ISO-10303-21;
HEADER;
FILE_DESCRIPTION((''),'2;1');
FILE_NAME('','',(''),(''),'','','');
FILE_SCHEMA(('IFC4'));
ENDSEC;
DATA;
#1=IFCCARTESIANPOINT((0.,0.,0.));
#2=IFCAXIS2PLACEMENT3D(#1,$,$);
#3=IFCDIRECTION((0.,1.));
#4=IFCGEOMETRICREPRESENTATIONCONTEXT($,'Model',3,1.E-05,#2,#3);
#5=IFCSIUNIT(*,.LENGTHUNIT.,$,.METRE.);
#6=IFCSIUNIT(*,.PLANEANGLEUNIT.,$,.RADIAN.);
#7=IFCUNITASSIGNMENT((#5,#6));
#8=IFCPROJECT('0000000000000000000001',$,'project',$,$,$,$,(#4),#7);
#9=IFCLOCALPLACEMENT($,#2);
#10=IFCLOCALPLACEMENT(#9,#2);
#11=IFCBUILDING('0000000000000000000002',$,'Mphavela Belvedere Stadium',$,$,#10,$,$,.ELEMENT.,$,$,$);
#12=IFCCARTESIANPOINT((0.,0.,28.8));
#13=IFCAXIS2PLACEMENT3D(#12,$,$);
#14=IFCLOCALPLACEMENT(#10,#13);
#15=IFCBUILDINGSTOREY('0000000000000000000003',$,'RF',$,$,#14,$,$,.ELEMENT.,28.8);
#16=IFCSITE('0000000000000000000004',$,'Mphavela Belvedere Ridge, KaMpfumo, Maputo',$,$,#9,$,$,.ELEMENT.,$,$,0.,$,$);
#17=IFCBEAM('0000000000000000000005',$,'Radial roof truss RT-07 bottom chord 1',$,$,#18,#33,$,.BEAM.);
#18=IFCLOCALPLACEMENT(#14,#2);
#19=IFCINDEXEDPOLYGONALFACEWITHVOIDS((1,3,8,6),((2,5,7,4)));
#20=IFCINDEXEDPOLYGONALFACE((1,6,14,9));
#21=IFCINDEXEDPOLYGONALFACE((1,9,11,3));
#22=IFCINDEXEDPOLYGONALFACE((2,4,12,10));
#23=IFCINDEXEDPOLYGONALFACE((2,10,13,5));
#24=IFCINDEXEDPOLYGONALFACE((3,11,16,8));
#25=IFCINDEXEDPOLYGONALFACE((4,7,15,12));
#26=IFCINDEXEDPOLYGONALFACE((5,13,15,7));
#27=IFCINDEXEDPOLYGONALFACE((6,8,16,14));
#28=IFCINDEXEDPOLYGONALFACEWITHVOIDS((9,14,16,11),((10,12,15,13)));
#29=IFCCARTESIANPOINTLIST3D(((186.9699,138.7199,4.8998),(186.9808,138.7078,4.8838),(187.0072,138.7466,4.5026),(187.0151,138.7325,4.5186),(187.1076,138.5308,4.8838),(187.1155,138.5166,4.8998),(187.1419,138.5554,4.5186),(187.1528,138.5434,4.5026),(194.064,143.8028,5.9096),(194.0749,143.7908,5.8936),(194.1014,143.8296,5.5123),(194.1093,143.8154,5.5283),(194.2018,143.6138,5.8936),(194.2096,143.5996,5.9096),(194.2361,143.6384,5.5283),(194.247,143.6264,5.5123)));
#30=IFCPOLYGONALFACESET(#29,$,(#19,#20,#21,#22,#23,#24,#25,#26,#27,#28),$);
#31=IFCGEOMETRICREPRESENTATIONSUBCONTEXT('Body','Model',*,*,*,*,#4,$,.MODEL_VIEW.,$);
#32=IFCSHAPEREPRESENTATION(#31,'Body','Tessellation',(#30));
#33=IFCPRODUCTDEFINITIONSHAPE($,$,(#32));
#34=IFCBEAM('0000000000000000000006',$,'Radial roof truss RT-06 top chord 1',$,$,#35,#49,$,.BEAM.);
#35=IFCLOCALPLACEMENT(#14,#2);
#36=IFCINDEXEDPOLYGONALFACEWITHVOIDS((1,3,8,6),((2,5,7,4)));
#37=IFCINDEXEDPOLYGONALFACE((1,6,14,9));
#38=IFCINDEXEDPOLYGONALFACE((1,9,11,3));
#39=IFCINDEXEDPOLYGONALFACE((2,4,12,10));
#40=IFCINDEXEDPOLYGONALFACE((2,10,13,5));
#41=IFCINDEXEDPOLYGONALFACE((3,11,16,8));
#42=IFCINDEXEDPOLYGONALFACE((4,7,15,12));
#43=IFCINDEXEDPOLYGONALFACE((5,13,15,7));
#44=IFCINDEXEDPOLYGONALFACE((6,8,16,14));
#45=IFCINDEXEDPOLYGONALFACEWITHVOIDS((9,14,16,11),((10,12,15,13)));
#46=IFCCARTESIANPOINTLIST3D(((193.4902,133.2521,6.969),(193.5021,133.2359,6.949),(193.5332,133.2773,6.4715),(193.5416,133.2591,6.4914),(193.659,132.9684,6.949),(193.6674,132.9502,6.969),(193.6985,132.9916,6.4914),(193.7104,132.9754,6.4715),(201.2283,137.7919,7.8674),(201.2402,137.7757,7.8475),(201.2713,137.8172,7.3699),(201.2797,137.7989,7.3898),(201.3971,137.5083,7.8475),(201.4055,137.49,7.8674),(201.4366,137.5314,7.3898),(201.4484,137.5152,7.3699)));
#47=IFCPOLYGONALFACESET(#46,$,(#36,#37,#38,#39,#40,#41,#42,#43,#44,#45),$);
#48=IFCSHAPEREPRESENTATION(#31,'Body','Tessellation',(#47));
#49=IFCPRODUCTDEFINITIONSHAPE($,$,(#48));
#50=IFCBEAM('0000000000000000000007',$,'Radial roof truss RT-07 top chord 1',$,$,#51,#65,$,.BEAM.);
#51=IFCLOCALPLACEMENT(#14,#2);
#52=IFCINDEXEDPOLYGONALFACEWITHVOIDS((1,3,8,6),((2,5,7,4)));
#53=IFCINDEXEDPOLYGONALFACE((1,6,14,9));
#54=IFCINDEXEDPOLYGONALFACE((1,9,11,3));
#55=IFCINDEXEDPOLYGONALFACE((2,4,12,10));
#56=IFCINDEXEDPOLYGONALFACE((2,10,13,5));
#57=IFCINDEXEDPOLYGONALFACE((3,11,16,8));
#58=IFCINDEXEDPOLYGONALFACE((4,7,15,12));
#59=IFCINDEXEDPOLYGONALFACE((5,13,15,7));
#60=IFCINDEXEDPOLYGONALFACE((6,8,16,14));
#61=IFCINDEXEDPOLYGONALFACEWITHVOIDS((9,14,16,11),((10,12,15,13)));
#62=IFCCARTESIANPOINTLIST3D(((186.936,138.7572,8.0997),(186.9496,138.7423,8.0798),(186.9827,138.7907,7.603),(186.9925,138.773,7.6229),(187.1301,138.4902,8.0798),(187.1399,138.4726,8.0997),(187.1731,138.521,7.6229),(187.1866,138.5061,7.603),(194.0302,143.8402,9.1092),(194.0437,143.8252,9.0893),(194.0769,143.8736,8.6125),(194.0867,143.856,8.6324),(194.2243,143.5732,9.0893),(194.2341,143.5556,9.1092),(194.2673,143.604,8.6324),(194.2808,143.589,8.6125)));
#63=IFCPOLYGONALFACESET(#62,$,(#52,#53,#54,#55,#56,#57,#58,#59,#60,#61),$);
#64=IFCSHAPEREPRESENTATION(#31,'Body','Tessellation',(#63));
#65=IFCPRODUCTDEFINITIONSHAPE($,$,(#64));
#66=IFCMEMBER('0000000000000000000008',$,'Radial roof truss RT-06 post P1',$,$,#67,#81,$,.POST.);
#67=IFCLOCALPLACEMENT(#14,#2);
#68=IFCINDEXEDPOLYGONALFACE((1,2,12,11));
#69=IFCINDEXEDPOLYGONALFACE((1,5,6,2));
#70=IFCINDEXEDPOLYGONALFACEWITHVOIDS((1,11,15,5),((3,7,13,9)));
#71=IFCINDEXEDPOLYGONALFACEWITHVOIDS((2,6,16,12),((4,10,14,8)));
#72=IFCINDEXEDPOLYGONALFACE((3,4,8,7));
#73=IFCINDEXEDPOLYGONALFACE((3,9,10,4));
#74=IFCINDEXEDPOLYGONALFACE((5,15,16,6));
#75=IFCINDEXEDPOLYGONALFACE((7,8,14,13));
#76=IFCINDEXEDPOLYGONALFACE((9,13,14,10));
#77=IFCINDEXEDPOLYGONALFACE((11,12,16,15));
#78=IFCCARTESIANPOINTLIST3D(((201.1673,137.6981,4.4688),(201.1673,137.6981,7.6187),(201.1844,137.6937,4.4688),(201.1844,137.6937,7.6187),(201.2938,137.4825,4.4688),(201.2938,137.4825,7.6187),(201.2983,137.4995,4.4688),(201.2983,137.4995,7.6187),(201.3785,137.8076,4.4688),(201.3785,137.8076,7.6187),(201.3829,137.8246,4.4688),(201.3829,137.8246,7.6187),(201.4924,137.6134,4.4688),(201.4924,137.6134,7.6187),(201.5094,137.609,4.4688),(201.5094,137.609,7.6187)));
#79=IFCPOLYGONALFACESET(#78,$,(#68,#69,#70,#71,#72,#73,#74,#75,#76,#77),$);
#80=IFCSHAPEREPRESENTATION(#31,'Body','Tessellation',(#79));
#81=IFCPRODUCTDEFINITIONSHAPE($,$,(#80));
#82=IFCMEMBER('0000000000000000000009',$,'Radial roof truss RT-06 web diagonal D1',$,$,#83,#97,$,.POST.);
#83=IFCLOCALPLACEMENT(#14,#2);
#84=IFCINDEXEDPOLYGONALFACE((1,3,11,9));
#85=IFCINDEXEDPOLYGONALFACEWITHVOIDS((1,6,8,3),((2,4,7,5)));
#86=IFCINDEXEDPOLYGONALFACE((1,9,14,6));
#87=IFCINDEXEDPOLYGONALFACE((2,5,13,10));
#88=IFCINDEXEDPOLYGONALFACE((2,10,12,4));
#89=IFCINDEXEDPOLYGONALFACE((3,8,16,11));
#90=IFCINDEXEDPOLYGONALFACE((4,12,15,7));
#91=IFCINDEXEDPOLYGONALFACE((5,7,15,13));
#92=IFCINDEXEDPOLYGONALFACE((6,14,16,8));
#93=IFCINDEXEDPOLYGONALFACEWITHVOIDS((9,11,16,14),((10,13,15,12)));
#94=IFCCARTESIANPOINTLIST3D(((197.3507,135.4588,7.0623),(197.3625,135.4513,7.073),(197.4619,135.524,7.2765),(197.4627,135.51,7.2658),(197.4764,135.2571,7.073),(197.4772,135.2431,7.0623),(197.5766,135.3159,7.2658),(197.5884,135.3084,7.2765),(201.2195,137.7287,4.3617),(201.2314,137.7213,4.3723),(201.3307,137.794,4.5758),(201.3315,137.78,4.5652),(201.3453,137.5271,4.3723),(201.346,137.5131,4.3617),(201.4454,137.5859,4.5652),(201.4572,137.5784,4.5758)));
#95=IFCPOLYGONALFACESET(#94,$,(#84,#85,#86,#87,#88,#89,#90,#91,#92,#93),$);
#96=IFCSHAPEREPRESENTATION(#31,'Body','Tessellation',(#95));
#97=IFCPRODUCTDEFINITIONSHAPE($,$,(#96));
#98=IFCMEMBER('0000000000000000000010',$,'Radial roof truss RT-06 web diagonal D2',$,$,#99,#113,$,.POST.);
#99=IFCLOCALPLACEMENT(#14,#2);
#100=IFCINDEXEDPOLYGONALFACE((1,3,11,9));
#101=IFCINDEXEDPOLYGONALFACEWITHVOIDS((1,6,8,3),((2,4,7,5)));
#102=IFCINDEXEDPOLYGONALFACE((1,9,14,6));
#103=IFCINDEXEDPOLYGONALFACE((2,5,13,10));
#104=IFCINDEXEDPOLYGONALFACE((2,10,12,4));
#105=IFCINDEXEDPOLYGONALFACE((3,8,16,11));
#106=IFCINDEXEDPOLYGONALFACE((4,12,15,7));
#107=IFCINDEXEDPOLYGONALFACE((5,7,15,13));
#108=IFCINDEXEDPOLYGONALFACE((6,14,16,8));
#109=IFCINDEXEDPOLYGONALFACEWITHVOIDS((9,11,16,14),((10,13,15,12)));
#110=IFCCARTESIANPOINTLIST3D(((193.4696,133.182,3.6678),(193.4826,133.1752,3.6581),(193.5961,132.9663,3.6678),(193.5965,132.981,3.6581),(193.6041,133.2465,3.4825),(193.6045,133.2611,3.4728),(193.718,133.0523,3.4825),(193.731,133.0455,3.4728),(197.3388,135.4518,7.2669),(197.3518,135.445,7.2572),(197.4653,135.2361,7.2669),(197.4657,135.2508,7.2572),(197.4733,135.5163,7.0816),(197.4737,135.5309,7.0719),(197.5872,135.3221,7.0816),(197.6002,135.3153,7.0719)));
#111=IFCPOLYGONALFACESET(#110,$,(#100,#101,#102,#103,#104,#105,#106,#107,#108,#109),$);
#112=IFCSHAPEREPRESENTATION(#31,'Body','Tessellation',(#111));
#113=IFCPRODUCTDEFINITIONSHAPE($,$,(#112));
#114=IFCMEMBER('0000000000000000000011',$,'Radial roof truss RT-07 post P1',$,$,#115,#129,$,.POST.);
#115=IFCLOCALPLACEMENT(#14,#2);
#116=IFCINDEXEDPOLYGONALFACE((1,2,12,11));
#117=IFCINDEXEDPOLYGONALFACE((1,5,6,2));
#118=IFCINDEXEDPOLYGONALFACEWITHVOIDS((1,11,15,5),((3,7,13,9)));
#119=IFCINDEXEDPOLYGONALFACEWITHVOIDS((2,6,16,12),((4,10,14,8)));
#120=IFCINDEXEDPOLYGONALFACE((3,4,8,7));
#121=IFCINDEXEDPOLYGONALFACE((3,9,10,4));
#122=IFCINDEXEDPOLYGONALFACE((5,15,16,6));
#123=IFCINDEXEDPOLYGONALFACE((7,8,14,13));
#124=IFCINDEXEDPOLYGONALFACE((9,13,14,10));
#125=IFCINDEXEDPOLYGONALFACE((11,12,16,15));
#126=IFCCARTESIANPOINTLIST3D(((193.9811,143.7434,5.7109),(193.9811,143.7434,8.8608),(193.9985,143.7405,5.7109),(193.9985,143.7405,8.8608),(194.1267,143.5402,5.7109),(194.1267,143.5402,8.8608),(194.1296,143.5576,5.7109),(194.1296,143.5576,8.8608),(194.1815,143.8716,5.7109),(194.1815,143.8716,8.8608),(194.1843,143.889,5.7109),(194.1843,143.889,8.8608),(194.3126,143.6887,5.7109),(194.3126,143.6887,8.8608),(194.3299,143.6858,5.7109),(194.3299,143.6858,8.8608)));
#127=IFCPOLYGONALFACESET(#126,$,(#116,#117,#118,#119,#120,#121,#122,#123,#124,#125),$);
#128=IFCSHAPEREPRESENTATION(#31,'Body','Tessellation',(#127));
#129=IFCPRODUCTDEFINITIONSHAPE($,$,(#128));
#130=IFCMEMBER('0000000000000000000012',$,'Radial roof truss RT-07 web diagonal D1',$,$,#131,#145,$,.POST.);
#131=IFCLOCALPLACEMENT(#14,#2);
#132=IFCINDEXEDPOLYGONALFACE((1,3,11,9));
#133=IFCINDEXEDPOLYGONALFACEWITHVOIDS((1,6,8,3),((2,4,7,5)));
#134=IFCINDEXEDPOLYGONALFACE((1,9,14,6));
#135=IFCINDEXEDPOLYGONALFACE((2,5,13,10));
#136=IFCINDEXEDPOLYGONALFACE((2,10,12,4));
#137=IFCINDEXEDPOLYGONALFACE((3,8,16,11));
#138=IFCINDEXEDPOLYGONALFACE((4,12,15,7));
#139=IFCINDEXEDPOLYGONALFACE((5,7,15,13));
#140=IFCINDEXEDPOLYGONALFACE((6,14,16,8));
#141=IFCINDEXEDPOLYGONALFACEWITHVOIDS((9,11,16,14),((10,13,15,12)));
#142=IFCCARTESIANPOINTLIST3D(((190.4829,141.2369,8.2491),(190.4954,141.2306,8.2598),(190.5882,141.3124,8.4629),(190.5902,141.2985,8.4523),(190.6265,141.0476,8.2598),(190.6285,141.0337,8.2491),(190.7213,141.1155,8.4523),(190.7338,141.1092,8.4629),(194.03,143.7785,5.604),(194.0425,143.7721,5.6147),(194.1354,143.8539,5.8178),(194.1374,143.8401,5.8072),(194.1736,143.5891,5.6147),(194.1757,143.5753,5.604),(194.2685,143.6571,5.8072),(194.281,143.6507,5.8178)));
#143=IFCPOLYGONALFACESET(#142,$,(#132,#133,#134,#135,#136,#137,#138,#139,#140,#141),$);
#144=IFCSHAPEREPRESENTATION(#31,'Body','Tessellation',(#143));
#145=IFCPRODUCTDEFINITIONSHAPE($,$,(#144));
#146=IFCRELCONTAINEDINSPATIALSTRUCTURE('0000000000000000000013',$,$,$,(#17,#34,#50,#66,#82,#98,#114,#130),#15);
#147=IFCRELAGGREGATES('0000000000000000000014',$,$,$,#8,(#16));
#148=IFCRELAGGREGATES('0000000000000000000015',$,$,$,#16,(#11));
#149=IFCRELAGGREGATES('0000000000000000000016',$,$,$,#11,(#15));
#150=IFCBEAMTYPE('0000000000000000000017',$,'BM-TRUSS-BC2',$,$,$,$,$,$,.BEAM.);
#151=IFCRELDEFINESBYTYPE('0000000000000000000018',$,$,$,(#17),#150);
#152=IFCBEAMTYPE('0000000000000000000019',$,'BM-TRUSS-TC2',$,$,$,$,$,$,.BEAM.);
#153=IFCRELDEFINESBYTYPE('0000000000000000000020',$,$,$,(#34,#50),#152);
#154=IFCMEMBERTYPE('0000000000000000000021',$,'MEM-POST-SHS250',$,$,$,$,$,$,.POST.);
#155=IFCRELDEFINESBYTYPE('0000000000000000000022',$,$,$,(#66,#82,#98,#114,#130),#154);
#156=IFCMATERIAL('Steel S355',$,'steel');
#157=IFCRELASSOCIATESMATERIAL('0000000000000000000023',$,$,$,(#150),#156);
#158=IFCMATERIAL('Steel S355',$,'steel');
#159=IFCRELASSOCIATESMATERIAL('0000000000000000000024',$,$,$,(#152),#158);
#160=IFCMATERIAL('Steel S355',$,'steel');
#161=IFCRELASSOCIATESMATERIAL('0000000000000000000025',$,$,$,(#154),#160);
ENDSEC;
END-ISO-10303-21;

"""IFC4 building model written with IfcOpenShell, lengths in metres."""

from ifc_helpers import new_model, si_unit, direction, frame, origin, origin_2d, place, context, subcontext, project, spatial, hollow_rectangle, extrude, material, material_profile, profile_set, type_object, element, save


model = new_model("IFC4")

# Units and contexts
model_context = context("Model", 3, precision=1e-05, world=origin(), true_north=direction((0.0, 1.0)))
body_context = subcontext(model_context, "Body", "Model", "MODEL_VIEW")
ifc_project = project(units=[si_unit("LENGTHUNIT", "METRE"), si_unit("PLANEANGLEUNIT", "RADIAN")], contexts=[model_context])

# Site, building, storey
site_placement = place(None, origin())
site = spatial("IfcSite", under=ifc_project, at=site_placement, Name="Mphavela Belvedere Ridge, KaMpfumo, Maputo", CompositionType="ELEMENT", RefElevation=0.0)
building_placement = place(site_placement, origin())
building = spatial("IfcBuilding", under=site, at=building_placement, Name="Mphavela Belvedere Stadium", CompositionType="ELEMENT")
storey_placement = place(building_placement, frame((0.0, 0.0, 28.8)))
storey = spatial("IfcBuildingStorey", under=building, at=storey_placement, Name="RF", CompositionType="ELEMENT", Elevation=28.8)

# Beams
ifc_material_1 = material(Name="Steel S355", Category="steel")
ifc_material_profile_1 = material_profile(ifc_material_1, hollow_rectangle(XDim=0.25, YDim=0.3999, WallThickness=0.0161, at=origin_2d()), Name="RHS 400x250x16")
ifc_profile_set_1 = profile_set([ifc_material_profile_1], Name="Steel S355")
beam_type_1 = type_object("IfcBeamType", Name="BM-TRUSS-BC2", PredefinedType="BEAM", material=ifc_profile_set_1)
beam_1_placement = place(storey_placement, frame((194.1555, 143.7146, 5.7109), z_axis=(-0.807495, -0.578569, -0.114936), x_axis=(0.582428, -0.812882, 0.0)))
element("IfcBeam", 1, at=beam_1_placement, inside=storey, type_object=beam_type_1, Name="Radial roof truss RT-07 bottom chord 1", PredefinedType="BEAM", context=body_context, shape_type="SweptSolid", body=[
    extrude(hollow_rectangle(XDim=0.25, YDim=0.3999, WallThickness=0.0161, at=origin_2d()), origin(), (0.0, 0.0, 1.0), 8.7854),
])
ifc_material_2 = material(Name="Steel S355", Category="steel")
ifc_material_profile_2 = material_profile(ifc_material_2, hollow_rectangle(XDim=0.3501, YDim=0.5, WallThickness=0.02, at=origin_2d()), Name="RHS 500x350x20")
ifc_profile_set_2 = profile_set([ifc_material_profile_2], Name="Steel S355")
beam_type_2 = type_object("IfcBeamType", Name="BM-TRUSS-TC2", PredefinedType="BEAM", material=ifc_profile_set_2)
beam_2_placement = place(storey_placement, frame((201.3384, 137.6536, 7.6187), z_axis=(-0.858225, -0.503508, -0.099646), x_axis=(0.506027, -0.862518, 0.0)))
element("IfcBeam", 2, at=beam_2_placement, inside=storey, type_object=beam_type_2, Name="Radial roof truss RT-06 top chord 1", PredefinedType="BEAM", context=body_context, shape_type="SweptSolid", body=[
    extrude(hollow_rectangle(XDim=0.3501, YDim=0.5, WallThickness=0.02, at=origin_2d()), origin(), (0.0, 0.0, 1.0), 9.0164),
])
beam_3_placement = place(storey_placement, frame((194.1555, 143.7146, 8.8608), z_axis=(-0.807498, -0.57857, -0.114908), x_axis=(0.582428, -0.812882, 0.0)))
element("IfcBeam", 3, at=beam_3_placement, inside=storey, type_object=beam_type_2, Name="Radial roof truss RT-07 top chord 1", PredefinedType="BEAM", context=body_context, shape_type="SweptSolid", body=[
    extrude(hollow_rectangle(XDim=0.3501, YDim=0.5, WallThickness=0.02, at=origin_2d()), origin(), (0.0, 0.0, 1.0), 8.7854),
])

# Members
ifc_material_3 = material(Name="Steel S355", Category="steel")
ifc_material_profile_3 = material_profile(ifc_material_3, hollow_rectangle(XDim=0.25, YDim=0.25, WallThickness=0.0125, at=origin_2d()), Name="SHS 250x250x12.5")
ifc_profile_set_3 = profile_set([ifc_material_profile_3], Name="Steel S355")
member_type_1 = type_object("IfcMemberType", Name="MEM-POST-SHS250", PredefinedType="POST", material=ifc_profile_set_3)
member_1_placement = place(storey_placement, frame((201.3384, 137.6536, 4.4688), z_axis=(0.0, 0.0, 1.0), x_axis=(0.862514, 0.506034, 0.0)))
element("IfcMember", 4, at=member_1_placement, inside=storey, type_object=member_type_1, Name="Radial roof truss RT-06 post P1", PredefinedType="POST", context=body_context, shape_type="SweptSolid", body=[
    extrude(hollow_rectangle(XDim=0.25, YDim=0.25, WallThickness=0.0125, at=origin_2d()), origin(), (0.0, 0.0, 1.0), 3.1499),
])
member_2_placement = place(storey_placement, frame((201.3384, 137.6536, 4.4688), z_axis=(-0.738912, -0.433546, 0.515798), x_axis=(0.506059, -0.862499, 0.0)))
element("IfcMember", 5, at=member_2_placement, inside=storey, type_object=member_type_1, Name="Radial roof truss RT-06 web diagonal D1", PredefinedType="POST", context=body_context, shape_type="SweptSolid", body=[
    extrude(hollow_rectangle(XDim=0.25, YDim=0.25, WallThickness=0.0125, at=origin_2d()), origin(), (0.0, 0.0, 1.0), 5.2358),
])
member_3_placement = place(storey_placement, frame((197.4695, 135.3835, 7.1694), z_axis=(-0.672759, -0.394664, -0.625808), x_axis=(0.505995, -0.862537, 0.0)))
element("IfcMember", 6, at=member_3_placement, inside=storey, type_object=member_type_1, Name="Radial roof truss RT-06 web diagonal D2", PredefinedType="POST", context=body_context, shape_type="SweptSolid", body=[
    extrude(hollow_rectangle(XDim=0.25, YDim=0.25, WallThickness=0.0125, at=origin_2d()), origin(), (0.0, 0.0, 1.0), 5.7512),
])
member_4_placement = place(storey_placement, frame((194.1555, 143.7146, 5.7109), z_axis=(0.0, 0.0, 1.0), x_axis=(0.812898, 0.582407, 0.0)))
element("IfcMember", 7, at=member_4_placement, inside=storey, type_object=member_type_1, Name="Radial roof truss RT-07 post P1", PredefinedType="POST", context=body_context, shape_type="SweptSolid", body=[
    extrude(hollow_rectangle(XDim=0.25, YDim=0.25, WallThickness=0.0125, at=origin_2d()), origin(), (0.0, 0.0, 1.0), 3.1499),
])
member_5_placement = place(storey_placement, frame((194.1555, 143.7146, 5.7109), z_axis=(-0.695147, -0.498072, 0.518358), x_axis=(0.582428, -0.812882, 0.0)))
element("IfcMember", 8, at=member_5_placement, inside=storey, type_object=member_type_1, Name="Radial roof truss RT-07 web diagonal D1", PredefinedType="POST", context=body_context, shape_type="SweptSolid", body=[
    extrude(hollow_rectangle(XDim=0.25, YDim=0.25, WallThickness=0.0125, at=origin_2d()), origin(), (0.0, 0.0, 1.0), 5.1028),
])

save(model, "model.ifc")
